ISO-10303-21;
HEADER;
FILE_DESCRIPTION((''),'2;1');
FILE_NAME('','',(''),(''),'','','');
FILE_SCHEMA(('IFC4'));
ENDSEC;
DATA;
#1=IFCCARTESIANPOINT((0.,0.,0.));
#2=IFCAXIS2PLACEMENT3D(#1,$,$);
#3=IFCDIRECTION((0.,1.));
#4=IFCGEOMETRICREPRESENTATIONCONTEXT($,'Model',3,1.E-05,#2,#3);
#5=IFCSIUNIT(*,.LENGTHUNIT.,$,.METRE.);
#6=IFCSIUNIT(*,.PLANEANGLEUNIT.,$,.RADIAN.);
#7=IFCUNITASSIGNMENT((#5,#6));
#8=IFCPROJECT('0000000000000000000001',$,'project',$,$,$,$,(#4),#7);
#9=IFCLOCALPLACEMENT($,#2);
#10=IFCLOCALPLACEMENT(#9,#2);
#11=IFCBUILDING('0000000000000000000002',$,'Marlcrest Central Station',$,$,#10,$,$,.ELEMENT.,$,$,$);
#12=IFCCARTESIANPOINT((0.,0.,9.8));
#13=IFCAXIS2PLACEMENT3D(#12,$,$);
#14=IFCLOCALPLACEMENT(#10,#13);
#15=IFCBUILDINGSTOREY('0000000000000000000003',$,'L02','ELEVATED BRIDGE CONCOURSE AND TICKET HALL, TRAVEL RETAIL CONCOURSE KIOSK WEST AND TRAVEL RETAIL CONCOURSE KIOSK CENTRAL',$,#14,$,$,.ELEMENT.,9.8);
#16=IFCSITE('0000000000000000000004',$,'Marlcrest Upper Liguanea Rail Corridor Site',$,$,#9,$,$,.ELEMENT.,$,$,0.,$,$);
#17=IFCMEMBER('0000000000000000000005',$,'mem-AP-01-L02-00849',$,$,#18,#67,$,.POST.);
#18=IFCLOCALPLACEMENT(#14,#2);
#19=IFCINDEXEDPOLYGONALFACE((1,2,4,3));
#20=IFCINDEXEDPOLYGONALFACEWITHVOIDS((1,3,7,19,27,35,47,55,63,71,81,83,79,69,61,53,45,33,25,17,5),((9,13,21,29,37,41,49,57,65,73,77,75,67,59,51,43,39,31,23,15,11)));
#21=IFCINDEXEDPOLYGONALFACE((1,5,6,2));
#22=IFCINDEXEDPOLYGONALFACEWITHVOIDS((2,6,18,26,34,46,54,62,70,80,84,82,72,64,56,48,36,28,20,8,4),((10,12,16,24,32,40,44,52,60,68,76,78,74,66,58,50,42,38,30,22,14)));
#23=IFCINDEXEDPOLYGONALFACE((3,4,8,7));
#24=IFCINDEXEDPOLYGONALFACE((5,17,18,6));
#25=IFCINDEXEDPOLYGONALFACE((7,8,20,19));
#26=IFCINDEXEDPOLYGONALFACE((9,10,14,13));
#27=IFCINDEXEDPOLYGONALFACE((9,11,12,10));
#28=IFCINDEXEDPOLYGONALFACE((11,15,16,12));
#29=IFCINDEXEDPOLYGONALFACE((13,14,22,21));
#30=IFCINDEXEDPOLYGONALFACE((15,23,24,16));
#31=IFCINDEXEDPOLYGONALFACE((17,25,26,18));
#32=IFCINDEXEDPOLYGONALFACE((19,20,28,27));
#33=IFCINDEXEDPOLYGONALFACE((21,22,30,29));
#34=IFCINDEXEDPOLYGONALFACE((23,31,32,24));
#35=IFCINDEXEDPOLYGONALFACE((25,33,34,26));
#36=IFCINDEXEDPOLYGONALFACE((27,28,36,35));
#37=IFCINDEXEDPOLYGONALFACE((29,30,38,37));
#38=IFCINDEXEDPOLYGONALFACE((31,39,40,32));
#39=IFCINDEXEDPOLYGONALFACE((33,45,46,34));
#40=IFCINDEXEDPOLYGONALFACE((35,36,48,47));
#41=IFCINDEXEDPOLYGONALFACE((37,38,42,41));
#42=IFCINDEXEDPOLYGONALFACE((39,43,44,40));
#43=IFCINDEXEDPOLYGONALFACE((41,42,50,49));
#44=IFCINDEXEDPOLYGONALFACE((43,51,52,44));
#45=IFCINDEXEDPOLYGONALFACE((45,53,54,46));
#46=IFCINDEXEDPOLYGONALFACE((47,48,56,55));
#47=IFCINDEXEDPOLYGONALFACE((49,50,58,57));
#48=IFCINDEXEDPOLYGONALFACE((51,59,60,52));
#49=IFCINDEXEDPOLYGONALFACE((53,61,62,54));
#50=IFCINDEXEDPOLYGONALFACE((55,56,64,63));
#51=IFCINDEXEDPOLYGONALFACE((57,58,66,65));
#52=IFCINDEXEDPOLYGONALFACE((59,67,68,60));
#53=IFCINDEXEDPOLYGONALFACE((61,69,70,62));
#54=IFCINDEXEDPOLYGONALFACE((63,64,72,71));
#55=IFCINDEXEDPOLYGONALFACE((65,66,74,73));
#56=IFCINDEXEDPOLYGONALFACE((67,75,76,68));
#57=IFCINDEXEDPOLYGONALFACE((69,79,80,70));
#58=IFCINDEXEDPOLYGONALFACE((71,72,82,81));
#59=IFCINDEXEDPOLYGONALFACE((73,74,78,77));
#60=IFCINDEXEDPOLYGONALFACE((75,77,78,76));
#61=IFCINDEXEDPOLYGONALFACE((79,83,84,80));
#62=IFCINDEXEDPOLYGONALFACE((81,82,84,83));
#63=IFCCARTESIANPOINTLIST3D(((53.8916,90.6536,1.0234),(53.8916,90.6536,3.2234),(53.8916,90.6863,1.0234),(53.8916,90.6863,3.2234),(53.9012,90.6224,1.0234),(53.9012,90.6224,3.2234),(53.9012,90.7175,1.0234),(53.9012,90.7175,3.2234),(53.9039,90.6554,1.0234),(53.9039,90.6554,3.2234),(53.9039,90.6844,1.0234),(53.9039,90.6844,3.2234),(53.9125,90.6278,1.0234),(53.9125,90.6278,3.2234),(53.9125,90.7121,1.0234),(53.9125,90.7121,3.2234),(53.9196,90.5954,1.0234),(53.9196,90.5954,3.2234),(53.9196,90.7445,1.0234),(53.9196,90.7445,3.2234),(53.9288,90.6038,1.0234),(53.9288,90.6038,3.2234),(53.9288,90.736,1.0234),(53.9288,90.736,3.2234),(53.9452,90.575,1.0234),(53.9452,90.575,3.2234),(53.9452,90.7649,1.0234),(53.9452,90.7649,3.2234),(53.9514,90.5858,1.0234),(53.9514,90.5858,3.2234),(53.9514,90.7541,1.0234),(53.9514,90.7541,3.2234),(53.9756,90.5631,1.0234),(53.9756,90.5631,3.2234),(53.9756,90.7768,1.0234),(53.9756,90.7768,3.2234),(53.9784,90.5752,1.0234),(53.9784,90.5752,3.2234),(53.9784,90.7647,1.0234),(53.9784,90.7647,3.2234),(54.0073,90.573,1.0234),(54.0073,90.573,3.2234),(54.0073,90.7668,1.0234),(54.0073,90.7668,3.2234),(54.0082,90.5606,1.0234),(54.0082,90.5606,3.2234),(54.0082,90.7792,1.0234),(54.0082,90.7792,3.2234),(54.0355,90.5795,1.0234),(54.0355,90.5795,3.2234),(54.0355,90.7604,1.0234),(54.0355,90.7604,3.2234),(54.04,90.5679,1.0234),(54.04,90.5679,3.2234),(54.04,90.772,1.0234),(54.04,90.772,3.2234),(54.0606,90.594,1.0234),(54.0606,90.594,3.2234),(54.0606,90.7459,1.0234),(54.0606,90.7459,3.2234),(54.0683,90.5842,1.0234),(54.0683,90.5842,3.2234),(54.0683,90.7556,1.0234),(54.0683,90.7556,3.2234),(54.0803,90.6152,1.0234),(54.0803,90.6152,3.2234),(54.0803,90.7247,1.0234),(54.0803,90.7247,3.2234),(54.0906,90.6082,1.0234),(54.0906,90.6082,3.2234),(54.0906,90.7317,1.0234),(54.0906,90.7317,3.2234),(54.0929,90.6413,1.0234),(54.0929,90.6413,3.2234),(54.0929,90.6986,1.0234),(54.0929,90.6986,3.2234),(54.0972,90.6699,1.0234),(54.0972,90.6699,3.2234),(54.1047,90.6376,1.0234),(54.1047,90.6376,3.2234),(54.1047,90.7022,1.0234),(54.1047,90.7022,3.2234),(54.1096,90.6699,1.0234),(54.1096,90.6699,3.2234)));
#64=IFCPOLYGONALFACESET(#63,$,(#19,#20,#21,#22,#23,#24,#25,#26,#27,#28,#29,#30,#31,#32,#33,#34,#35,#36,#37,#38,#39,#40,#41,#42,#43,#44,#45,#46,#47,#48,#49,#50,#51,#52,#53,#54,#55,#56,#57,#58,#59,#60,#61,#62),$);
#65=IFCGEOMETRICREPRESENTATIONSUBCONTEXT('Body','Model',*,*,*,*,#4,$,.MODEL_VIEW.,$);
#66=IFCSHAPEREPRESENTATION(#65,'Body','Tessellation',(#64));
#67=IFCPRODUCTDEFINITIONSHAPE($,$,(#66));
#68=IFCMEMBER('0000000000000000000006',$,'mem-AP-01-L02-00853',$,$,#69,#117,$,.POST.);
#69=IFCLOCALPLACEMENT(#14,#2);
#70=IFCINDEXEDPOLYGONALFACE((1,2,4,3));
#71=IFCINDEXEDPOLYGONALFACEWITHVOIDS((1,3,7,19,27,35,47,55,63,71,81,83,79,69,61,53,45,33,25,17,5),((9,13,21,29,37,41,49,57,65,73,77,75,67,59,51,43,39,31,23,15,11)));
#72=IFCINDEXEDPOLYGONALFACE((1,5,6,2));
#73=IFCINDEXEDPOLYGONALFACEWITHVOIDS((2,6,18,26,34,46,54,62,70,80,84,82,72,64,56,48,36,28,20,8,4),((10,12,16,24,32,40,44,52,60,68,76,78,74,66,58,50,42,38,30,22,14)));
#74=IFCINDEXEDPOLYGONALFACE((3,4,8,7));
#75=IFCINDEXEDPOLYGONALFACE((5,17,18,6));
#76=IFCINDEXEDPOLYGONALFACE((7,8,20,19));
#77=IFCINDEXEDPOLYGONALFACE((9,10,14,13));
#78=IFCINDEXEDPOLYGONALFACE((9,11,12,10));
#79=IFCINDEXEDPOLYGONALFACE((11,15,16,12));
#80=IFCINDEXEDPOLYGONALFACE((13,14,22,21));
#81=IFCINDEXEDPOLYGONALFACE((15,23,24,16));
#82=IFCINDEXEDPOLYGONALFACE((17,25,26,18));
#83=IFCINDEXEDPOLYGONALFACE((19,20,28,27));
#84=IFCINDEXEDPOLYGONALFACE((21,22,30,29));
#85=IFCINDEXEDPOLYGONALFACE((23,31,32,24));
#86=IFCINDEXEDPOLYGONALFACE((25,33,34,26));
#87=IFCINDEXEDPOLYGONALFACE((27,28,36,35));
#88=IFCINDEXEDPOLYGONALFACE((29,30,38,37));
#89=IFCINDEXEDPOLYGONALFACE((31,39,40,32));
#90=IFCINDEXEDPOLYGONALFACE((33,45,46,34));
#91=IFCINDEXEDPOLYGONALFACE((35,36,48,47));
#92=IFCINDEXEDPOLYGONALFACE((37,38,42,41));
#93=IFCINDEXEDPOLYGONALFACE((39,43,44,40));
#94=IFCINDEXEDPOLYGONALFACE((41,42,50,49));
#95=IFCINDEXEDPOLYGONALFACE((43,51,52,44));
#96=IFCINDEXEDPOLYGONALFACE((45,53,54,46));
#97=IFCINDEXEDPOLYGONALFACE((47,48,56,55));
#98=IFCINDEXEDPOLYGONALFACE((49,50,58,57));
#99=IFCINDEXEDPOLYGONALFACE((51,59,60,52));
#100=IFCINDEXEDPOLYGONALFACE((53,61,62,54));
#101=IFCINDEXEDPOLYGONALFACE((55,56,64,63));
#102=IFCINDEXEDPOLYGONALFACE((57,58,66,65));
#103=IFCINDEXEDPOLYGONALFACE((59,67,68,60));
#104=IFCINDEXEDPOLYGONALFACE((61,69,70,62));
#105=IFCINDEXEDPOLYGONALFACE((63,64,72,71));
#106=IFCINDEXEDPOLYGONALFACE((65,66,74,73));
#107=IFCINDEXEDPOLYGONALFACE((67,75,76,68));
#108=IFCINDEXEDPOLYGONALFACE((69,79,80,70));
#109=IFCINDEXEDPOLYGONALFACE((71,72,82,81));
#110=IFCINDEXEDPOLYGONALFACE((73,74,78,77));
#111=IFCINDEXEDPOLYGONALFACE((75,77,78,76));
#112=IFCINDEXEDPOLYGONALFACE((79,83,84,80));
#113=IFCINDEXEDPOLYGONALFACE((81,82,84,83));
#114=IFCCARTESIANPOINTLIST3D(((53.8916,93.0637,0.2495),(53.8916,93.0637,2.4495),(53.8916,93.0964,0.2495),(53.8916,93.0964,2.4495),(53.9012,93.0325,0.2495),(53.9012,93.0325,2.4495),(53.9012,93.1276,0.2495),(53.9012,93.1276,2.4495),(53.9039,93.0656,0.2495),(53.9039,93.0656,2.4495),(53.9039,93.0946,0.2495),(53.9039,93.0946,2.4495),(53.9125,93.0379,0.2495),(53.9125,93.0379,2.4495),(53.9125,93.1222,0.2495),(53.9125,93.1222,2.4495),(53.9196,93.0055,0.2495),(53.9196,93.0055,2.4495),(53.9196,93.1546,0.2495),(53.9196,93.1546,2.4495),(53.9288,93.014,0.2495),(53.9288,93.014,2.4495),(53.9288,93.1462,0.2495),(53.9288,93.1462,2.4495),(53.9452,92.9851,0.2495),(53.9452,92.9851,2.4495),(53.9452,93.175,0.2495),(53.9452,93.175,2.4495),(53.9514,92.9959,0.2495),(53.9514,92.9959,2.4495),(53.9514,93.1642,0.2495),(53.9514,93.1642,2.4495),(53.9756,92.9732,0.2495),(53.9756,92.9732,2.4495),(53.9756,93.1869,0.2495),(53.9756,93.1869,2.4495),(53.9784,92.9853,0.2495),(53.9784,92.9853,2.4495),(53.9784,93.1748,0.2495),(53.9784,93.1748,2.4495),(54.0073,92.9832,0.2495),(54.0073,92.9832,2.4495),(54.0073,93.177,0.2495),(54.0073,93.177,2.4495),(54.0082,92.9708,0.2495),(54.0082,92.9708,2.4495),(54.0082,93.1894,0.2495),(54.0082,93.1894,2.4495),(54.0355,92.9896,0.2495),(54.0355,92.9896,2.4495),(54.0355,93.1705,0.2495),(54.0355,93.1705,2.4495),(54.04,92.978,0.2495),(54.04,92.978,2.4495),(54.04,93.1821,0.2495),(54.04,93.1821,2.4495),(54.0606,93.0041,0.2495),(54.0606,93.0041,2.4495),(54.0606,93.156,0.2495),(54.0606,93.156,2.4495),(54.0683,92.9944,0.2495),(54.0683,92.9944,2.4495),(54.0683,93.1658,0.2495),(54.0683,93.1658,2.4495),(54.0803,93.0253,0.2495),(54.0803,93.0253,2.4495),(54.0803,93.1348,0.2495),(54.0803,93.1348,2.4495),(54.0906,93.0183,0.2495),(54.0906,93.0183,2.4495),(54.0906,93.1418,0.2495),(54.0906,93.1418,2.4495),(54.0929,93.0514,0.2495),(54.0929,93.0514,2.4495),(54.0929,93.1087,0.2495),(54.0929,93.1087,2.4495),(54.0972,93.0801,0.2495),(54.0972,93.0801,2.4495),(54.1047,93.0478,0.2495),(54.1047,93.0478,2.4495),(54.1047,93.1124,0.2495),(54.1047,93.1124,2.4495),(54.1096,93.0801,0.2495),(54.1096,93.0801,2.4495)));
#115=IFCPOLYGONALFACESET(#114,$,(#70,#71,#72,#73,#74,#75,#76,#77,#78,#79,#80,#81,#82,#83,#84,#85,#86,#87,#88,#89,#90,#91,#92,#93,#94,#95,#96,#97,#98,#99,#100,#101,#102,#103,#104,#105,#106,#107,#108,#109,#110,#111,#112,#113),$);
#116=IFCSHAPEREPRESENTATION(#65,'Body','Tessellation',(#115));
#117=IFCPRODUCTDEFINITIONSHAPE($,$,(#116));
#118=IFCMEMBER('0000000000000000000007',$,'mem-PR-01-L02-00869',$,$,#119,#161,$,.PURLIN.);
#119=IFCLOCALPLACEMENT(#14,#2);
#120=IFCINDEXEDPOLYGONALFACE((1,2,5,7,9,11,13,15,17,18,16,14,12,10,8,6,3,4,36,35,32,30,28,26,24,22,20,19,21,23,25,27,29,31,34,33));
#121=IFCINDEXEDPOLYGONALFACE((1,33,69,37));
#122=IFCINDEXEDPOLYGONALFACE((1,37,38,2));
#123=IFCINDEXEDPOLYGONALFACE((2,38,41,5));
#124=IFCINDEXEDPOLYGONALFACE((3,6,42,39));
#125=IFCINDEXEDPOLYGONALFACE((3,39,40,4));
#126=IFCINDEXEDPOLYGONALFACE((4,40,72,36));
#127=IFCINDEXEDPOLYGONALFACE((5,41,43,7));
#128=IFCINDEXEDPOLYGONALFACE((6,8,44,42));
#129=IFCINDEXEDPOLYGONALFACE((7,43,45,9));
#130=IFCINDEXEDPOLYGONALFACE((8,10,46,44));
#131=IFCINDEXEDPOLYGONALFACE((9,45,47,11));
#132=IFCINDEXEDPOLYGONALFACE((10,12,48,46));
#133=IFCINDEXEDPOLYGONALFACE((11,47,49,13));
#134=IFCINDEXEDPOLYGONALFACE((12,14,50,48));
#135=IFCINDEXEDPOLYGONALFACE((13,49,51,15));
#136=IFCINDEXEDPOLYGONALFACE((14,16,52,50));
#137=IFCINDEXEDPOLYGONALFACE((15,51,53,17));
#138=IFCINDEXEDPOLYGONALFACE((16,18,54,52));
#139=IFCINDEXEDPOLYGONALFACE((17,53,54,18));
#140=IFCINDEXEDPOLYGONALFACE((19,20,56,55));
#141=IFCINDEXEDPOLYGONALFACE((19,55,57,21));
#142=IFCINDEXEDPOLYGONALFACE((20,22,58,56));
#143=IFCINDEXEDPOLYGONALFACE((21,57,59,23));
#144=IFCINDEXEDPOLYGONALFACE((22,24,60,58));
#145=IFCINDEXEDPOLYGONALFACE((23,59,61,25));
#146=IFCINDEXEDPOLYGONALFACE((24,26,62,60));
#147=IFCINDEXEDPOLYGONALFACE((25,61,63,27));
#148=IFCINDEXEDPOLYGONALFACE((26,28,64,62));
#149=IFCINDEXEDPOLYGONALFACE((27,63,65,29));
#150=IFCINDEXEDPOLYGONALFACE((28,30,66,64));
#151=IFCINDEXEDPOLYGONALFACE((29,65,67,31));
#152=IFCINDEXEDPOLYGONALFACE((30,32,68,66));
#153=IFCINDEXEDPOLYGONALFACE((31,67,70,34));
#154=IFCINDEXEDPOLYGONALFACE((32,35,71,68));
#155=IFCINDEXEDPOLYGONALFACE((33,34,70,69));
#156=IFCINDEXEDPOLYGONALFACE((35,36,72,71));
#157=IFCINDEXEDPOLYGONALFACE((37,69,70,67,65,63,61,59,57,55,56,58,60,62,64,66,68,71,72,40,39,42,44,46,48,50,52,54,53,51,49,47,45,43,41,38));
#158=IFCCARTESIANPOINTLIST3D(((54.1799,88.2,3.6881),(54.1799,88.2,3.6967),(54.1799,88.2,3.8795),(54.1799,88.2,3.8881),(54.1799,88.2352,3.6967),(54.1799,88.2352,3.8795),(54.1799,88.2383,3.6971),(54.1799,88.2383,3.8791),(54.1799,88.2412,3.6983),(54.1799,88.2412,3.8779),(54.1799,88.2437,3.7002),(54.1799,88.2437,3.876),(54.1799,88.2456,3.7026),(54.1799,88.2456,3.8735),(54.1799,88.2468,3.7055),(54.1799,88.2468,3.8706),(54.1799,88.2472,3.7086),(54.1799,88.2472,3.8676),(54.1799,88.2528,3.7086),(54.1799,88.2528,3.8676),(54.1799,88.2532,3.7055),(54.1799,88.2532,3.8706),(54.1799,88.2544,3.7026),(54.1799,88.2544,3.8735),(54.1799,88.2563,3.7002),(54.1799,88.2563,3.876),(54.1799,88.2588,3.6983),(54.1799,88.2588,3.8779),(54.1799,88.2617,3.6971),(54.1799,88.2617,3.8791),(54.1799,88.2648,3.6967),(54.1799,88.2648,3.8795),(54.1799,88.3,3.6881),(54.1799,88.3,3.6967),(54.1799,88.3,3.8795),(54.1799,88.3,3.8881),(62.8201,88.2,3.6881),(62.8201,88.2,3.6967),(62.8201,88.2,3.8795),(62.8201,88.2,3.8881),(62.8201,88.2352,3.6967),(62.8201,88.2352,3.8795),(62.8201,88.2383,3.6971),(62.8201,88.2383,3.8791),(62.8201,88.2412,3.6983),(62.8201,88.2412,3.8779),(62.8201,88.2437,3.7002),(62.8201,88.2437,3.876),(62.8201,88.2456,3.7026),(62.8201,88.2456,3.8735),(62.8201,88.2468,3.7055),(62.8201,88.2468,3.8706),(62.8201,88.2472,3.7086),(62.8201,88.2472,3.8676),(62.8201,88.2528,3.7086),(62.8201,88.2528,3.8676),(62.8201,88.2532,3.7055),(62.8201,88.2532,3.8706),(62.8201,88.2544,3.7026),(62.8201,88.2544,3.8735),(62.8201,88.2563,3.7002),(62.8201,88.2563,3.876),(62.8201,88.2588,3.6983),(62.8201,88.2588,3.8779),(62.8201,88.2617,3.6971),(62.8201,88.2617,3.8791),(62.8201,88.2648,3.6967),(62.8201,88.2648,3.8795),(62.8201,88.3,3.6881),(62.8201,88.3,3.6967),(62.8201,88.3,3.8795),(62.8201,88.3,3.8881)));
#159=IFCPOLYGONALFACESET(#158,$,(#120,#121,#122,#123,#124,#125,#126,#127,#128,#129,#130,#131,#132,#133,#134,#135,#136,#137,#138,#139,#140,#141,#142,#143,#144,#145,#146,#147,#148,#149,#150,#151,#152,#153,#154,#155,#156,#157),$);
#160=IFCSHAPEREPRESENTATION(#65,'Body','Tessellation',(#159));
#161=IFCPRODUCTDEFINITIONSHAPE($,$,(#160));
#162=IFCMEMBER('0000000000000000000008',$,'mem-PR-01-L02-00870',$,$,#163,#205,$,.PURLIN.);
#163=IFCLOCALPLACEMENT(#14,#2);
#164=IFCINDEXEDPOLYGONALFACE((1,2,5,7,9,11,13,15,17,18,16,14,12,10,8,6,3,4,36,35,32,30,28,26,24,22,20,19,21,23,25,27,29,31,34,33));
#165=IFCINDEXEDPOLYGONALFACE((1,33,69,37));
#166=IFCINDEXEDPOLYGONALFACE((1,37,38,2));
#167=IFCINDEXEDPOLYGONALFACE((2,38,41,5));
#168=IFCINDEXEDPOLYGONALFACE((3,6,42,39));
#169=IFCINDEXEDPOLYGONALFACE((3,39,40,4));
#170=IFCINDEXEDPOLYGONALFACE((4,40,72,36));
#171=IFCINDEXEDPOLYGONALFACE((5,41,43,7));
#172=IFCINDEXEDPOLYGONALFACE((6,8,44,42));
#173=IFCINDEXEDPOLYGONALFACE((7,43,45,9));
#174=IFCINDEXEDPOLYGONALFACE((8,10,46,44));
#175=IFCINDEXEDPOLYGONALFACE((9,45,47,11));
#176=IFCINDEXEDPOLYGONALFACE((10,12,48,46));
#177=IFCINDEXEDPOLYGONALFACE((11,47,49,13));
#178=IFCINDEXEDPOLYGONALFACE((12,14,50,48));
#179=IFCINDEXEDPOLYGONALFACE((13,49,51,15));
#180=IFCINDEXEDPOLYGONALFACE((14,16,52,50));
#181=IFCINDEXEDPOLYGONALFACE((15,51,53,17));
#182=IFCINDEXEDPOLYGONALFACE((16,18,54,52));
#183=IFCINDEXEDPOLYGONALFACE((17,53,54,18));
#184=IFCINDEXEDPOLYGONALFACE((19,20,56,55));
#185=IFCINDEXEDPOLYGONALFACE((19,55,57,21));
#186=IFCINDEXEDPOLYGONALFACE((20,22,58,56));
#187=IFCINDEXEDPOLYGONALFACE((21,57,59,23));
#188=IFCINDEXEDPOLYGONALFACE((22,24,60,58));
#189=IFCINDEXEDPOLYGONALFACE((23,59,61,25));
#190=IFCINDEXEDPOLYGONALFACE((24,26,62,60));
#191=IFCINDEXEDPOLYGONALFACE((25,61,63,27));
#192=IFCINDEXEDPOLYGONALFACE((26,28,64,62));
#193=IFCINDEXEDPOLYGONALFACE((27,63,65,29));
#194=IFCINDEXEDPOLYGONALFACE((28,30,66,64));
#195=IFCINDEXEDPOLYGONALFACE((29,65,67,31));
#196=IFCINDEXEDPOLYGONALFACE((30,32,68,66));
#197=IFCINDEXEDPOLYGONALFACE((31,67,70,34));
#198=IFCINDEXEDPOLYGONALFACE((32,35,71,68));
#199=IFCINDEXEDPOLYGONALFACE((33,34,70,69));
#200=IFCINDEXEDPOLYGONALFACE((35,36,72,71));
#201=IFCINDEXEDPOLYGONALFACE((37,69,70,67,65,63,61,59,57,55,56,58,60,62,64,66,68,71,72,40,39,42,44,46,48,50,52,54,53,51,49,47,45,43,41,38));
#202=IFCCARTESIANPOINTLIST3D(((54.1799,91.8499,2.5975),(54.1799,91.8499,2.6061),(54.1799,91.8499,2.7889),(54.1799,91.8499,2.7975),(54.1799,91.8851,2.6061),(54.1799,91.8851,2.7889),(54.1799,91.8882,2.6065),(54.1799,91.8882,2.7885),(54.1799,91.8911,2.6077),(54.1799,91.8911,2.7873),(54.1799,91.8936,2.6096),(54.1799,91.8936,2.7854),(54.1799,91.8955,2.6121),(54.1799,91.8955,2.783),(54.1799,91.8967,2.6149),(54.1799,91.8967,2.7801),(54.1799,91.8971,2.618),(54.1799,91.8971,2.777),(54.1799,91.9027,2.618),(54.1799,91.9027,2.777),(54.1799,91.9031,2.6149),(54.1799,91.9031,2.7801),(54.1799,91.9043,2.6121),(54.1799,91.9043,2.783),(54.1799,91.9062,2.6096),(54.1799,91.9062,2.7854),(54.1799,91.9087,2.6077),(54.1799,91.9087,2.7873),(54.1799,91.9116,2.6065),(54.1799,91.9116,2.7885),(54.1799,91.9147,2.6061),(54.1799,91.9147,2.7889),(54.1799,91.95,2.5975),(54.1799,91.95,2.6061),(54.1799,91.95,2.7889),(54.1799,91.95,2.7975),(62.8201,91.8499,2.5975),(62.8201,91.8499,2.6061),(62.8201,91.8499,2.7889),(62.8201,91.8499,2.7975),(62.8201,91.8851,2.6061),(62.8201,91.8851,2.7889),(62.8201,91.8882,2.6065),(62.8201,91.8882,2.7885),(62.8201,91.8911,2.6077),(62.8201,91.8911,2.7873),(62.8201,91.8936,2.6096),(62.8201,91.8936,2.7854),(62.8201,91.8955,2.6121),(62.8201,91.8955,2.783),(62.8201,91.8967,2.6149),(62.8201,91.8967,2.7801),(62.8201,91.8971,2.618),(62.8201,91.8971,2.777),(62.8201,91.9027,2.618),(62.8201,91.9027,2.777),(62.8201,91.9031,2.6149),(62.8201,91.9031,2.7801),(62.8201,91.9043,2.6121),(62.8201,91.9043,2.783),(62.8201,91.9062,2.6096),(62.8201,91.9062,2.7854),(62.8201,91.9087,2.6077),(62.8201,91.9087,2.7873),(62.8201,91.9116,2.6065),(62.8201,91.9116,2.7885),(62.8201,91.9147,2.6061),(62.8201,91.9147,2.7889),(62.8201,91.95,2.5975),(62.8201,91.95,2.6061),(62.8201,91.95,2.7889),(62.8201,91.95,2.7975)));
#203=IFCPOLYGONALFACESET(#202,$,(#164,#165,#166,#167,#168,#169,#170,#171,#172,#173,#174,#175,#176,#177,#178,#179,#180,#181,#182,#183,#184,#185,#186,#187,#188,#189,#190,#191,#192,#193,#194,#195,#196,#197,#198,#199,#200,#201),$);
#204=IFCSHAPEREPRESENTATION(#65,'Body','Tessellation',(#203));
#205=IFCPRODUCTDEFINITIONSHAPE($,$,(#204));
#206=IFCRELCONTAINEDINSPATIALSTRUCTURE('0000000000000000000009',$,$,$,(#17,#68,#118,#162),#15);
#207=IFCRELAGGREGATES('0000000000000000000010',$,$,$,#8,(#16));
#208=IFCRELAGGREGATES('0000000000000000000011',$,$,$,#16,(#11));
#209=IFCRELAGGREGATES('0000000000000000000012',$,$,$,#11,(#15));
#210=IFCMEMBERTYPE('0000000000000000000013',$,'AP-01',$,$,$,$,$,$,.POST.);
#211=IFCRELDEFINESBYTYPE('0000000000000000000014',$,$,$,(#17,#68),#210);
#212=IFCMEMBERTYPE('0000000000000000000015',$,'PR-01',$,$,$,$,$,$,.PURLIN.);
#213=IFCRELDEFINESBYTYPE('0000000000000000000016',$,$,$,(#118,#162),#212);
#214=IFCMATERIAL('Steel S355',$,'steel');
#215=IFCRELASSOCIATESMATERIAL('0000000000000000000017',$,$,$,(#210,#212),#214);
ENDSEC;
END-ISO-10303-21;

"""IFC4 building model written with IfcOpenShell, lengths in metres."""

from ifc_helpers import new_model, si_unit, direction, frame, origin, origin_2d, place, context, subcontext, project, spatial, hollow_circle, i_section, extrude, material, material_profile, profile_set, type_object, element, save


model = new_model("IFC4")

# Units and contexts
model_context = context("Model", 3, precision=1e-05, world=origin(), true_north=direction((0.0, 1.0)))
body_context = subcontext(model_context, "Body", "Model", "MODEL_VIEW")
ifc_project = project(units=[si_unit("LENGTHUNIT", "METRE"), si_unit("PLANEANGLEUNIT", "RADIAN")], contexts=[model_context])

# Site, building, storey
site_placement = place(None, origin())
site = spatial("IfcSite", under=ifc_project, at=site_placement, Name="Marlcrest Upper Liguanea Rail Corridor Site", CompositionType="ELEMENT", RefElevation=0.0)
building_placement = place(site_placement, origin())
building = spatial("IfcBuilding", under=site, at=building_placement, Name="Marlcrest Central Station", CompositionType="ELEMENT")
storey_placement = place(building_placement, frame((0.0, 0.0, 9.8)))
storey = spatial("IfcBuildingStorey", under=building, at=storey_placement, Name="L02", Description="ELEVATED BRIDGE CONCOURSE AND TICKET HALL, TRAVEL RETAIL CONCOURSE KIOSK WEST AND TRAVEL RETAIL CONCOURSE KIOSK CENTRAL", CompositionType="ELEMENT", Elevation=9.8)

# Members
ifc_material_1 = material(Name="Steel S355", Category="steel")
ifc_material_profile_1 = material_profile(ifc_material_1, hollow_circle(Radius=0.1096, WallThickness=0.0125, at=origin_2d()), Name="CHS 219.1x12.5")
ifc_profile_set_1 = profile_set([ifc_material_profile_1], Name="Steel S355")
member_type_1 = type_object("IfcMemberType", Name="AP-01", PredefinedType="POST", material=ifc_profile_set_1)
for number, where, z_axis, x_axis, name in (
    (1, (54.0, 90.6699, 1.0234), (0.0, 0.0, 1.0), (1.0, 0.0, 0.0), "mem-AP-01-L02-00849"),
    (2, (54.0, 93.0801, 0.2495), (0.0, 0.0, 1.0), (1.0, 0.0, 0.0), "mem-AP-01-L02-00853"),
):
    element("IfcMember", number, at=place(storey_placement, frame(where, z_axis=z_axis, x_axis=x_axis)), inside=storey, type_object=member_type_1, Name=name, PredefinedType="POST", context=body_context, shape_type="SweptSolid", body=[
        extrude(hollow_circle(Radius=0.1096, WallThickness=0.0125, at=origin_2d()), origin(), (0.0, 0.0, 1.0), 2.2),
    ])
ifc_material_profile_2 = material_profile(ifc_material_1, i_section(OverallWidth=0.1001, OverallDepth=0.2, WebThickness=0.0056, FlangeThickness=0.0085, FilletRadius=0.012, at=origin_2d()), Name="IPE 200")
ifc_profile_set_2 = profile_set([ifc_material_profile_2], Name="Steel S355")
member_type_2 = type_object("IfcMemberType", Name="PR-01", PredefinedType="PURLIN", material=ifc_profile_set_2)
for number, where, z_axis, x_axis, name in (
    (3, (54.1799, 88.25, 3.7881), (1.0, 0.0, 0.0), (0.0, 1.0, 0.0), "mem-PR-01-L02-00869"),
    (4, (54.1799, 91.8999, 2.6975), (1.0, 0.0, 0.0), (0.0, 1.0, 0.0), "mem-PR-01-L02-00870"),
):
    element("IfcMember", number, at=place(storey_placement, frame(where, z_axis=z_axis, x_axis=x_axis)), inside=storey, type_object=member_type_2, Name=name, PredefinedType="PURLIN", context=body_context, shape_type="SweptSolid", body=[
        extrude(i_section(OverallWidth=0.1001, OverallDepth=0.2, WebThickness=0.0056, FlangeThickness=0.0085, FilletRadius=0.012, at=origin_2d()), origin(), (0.0, 0.0, 1.0), 8.6401),
    ])

save(model, "model.ifc")
